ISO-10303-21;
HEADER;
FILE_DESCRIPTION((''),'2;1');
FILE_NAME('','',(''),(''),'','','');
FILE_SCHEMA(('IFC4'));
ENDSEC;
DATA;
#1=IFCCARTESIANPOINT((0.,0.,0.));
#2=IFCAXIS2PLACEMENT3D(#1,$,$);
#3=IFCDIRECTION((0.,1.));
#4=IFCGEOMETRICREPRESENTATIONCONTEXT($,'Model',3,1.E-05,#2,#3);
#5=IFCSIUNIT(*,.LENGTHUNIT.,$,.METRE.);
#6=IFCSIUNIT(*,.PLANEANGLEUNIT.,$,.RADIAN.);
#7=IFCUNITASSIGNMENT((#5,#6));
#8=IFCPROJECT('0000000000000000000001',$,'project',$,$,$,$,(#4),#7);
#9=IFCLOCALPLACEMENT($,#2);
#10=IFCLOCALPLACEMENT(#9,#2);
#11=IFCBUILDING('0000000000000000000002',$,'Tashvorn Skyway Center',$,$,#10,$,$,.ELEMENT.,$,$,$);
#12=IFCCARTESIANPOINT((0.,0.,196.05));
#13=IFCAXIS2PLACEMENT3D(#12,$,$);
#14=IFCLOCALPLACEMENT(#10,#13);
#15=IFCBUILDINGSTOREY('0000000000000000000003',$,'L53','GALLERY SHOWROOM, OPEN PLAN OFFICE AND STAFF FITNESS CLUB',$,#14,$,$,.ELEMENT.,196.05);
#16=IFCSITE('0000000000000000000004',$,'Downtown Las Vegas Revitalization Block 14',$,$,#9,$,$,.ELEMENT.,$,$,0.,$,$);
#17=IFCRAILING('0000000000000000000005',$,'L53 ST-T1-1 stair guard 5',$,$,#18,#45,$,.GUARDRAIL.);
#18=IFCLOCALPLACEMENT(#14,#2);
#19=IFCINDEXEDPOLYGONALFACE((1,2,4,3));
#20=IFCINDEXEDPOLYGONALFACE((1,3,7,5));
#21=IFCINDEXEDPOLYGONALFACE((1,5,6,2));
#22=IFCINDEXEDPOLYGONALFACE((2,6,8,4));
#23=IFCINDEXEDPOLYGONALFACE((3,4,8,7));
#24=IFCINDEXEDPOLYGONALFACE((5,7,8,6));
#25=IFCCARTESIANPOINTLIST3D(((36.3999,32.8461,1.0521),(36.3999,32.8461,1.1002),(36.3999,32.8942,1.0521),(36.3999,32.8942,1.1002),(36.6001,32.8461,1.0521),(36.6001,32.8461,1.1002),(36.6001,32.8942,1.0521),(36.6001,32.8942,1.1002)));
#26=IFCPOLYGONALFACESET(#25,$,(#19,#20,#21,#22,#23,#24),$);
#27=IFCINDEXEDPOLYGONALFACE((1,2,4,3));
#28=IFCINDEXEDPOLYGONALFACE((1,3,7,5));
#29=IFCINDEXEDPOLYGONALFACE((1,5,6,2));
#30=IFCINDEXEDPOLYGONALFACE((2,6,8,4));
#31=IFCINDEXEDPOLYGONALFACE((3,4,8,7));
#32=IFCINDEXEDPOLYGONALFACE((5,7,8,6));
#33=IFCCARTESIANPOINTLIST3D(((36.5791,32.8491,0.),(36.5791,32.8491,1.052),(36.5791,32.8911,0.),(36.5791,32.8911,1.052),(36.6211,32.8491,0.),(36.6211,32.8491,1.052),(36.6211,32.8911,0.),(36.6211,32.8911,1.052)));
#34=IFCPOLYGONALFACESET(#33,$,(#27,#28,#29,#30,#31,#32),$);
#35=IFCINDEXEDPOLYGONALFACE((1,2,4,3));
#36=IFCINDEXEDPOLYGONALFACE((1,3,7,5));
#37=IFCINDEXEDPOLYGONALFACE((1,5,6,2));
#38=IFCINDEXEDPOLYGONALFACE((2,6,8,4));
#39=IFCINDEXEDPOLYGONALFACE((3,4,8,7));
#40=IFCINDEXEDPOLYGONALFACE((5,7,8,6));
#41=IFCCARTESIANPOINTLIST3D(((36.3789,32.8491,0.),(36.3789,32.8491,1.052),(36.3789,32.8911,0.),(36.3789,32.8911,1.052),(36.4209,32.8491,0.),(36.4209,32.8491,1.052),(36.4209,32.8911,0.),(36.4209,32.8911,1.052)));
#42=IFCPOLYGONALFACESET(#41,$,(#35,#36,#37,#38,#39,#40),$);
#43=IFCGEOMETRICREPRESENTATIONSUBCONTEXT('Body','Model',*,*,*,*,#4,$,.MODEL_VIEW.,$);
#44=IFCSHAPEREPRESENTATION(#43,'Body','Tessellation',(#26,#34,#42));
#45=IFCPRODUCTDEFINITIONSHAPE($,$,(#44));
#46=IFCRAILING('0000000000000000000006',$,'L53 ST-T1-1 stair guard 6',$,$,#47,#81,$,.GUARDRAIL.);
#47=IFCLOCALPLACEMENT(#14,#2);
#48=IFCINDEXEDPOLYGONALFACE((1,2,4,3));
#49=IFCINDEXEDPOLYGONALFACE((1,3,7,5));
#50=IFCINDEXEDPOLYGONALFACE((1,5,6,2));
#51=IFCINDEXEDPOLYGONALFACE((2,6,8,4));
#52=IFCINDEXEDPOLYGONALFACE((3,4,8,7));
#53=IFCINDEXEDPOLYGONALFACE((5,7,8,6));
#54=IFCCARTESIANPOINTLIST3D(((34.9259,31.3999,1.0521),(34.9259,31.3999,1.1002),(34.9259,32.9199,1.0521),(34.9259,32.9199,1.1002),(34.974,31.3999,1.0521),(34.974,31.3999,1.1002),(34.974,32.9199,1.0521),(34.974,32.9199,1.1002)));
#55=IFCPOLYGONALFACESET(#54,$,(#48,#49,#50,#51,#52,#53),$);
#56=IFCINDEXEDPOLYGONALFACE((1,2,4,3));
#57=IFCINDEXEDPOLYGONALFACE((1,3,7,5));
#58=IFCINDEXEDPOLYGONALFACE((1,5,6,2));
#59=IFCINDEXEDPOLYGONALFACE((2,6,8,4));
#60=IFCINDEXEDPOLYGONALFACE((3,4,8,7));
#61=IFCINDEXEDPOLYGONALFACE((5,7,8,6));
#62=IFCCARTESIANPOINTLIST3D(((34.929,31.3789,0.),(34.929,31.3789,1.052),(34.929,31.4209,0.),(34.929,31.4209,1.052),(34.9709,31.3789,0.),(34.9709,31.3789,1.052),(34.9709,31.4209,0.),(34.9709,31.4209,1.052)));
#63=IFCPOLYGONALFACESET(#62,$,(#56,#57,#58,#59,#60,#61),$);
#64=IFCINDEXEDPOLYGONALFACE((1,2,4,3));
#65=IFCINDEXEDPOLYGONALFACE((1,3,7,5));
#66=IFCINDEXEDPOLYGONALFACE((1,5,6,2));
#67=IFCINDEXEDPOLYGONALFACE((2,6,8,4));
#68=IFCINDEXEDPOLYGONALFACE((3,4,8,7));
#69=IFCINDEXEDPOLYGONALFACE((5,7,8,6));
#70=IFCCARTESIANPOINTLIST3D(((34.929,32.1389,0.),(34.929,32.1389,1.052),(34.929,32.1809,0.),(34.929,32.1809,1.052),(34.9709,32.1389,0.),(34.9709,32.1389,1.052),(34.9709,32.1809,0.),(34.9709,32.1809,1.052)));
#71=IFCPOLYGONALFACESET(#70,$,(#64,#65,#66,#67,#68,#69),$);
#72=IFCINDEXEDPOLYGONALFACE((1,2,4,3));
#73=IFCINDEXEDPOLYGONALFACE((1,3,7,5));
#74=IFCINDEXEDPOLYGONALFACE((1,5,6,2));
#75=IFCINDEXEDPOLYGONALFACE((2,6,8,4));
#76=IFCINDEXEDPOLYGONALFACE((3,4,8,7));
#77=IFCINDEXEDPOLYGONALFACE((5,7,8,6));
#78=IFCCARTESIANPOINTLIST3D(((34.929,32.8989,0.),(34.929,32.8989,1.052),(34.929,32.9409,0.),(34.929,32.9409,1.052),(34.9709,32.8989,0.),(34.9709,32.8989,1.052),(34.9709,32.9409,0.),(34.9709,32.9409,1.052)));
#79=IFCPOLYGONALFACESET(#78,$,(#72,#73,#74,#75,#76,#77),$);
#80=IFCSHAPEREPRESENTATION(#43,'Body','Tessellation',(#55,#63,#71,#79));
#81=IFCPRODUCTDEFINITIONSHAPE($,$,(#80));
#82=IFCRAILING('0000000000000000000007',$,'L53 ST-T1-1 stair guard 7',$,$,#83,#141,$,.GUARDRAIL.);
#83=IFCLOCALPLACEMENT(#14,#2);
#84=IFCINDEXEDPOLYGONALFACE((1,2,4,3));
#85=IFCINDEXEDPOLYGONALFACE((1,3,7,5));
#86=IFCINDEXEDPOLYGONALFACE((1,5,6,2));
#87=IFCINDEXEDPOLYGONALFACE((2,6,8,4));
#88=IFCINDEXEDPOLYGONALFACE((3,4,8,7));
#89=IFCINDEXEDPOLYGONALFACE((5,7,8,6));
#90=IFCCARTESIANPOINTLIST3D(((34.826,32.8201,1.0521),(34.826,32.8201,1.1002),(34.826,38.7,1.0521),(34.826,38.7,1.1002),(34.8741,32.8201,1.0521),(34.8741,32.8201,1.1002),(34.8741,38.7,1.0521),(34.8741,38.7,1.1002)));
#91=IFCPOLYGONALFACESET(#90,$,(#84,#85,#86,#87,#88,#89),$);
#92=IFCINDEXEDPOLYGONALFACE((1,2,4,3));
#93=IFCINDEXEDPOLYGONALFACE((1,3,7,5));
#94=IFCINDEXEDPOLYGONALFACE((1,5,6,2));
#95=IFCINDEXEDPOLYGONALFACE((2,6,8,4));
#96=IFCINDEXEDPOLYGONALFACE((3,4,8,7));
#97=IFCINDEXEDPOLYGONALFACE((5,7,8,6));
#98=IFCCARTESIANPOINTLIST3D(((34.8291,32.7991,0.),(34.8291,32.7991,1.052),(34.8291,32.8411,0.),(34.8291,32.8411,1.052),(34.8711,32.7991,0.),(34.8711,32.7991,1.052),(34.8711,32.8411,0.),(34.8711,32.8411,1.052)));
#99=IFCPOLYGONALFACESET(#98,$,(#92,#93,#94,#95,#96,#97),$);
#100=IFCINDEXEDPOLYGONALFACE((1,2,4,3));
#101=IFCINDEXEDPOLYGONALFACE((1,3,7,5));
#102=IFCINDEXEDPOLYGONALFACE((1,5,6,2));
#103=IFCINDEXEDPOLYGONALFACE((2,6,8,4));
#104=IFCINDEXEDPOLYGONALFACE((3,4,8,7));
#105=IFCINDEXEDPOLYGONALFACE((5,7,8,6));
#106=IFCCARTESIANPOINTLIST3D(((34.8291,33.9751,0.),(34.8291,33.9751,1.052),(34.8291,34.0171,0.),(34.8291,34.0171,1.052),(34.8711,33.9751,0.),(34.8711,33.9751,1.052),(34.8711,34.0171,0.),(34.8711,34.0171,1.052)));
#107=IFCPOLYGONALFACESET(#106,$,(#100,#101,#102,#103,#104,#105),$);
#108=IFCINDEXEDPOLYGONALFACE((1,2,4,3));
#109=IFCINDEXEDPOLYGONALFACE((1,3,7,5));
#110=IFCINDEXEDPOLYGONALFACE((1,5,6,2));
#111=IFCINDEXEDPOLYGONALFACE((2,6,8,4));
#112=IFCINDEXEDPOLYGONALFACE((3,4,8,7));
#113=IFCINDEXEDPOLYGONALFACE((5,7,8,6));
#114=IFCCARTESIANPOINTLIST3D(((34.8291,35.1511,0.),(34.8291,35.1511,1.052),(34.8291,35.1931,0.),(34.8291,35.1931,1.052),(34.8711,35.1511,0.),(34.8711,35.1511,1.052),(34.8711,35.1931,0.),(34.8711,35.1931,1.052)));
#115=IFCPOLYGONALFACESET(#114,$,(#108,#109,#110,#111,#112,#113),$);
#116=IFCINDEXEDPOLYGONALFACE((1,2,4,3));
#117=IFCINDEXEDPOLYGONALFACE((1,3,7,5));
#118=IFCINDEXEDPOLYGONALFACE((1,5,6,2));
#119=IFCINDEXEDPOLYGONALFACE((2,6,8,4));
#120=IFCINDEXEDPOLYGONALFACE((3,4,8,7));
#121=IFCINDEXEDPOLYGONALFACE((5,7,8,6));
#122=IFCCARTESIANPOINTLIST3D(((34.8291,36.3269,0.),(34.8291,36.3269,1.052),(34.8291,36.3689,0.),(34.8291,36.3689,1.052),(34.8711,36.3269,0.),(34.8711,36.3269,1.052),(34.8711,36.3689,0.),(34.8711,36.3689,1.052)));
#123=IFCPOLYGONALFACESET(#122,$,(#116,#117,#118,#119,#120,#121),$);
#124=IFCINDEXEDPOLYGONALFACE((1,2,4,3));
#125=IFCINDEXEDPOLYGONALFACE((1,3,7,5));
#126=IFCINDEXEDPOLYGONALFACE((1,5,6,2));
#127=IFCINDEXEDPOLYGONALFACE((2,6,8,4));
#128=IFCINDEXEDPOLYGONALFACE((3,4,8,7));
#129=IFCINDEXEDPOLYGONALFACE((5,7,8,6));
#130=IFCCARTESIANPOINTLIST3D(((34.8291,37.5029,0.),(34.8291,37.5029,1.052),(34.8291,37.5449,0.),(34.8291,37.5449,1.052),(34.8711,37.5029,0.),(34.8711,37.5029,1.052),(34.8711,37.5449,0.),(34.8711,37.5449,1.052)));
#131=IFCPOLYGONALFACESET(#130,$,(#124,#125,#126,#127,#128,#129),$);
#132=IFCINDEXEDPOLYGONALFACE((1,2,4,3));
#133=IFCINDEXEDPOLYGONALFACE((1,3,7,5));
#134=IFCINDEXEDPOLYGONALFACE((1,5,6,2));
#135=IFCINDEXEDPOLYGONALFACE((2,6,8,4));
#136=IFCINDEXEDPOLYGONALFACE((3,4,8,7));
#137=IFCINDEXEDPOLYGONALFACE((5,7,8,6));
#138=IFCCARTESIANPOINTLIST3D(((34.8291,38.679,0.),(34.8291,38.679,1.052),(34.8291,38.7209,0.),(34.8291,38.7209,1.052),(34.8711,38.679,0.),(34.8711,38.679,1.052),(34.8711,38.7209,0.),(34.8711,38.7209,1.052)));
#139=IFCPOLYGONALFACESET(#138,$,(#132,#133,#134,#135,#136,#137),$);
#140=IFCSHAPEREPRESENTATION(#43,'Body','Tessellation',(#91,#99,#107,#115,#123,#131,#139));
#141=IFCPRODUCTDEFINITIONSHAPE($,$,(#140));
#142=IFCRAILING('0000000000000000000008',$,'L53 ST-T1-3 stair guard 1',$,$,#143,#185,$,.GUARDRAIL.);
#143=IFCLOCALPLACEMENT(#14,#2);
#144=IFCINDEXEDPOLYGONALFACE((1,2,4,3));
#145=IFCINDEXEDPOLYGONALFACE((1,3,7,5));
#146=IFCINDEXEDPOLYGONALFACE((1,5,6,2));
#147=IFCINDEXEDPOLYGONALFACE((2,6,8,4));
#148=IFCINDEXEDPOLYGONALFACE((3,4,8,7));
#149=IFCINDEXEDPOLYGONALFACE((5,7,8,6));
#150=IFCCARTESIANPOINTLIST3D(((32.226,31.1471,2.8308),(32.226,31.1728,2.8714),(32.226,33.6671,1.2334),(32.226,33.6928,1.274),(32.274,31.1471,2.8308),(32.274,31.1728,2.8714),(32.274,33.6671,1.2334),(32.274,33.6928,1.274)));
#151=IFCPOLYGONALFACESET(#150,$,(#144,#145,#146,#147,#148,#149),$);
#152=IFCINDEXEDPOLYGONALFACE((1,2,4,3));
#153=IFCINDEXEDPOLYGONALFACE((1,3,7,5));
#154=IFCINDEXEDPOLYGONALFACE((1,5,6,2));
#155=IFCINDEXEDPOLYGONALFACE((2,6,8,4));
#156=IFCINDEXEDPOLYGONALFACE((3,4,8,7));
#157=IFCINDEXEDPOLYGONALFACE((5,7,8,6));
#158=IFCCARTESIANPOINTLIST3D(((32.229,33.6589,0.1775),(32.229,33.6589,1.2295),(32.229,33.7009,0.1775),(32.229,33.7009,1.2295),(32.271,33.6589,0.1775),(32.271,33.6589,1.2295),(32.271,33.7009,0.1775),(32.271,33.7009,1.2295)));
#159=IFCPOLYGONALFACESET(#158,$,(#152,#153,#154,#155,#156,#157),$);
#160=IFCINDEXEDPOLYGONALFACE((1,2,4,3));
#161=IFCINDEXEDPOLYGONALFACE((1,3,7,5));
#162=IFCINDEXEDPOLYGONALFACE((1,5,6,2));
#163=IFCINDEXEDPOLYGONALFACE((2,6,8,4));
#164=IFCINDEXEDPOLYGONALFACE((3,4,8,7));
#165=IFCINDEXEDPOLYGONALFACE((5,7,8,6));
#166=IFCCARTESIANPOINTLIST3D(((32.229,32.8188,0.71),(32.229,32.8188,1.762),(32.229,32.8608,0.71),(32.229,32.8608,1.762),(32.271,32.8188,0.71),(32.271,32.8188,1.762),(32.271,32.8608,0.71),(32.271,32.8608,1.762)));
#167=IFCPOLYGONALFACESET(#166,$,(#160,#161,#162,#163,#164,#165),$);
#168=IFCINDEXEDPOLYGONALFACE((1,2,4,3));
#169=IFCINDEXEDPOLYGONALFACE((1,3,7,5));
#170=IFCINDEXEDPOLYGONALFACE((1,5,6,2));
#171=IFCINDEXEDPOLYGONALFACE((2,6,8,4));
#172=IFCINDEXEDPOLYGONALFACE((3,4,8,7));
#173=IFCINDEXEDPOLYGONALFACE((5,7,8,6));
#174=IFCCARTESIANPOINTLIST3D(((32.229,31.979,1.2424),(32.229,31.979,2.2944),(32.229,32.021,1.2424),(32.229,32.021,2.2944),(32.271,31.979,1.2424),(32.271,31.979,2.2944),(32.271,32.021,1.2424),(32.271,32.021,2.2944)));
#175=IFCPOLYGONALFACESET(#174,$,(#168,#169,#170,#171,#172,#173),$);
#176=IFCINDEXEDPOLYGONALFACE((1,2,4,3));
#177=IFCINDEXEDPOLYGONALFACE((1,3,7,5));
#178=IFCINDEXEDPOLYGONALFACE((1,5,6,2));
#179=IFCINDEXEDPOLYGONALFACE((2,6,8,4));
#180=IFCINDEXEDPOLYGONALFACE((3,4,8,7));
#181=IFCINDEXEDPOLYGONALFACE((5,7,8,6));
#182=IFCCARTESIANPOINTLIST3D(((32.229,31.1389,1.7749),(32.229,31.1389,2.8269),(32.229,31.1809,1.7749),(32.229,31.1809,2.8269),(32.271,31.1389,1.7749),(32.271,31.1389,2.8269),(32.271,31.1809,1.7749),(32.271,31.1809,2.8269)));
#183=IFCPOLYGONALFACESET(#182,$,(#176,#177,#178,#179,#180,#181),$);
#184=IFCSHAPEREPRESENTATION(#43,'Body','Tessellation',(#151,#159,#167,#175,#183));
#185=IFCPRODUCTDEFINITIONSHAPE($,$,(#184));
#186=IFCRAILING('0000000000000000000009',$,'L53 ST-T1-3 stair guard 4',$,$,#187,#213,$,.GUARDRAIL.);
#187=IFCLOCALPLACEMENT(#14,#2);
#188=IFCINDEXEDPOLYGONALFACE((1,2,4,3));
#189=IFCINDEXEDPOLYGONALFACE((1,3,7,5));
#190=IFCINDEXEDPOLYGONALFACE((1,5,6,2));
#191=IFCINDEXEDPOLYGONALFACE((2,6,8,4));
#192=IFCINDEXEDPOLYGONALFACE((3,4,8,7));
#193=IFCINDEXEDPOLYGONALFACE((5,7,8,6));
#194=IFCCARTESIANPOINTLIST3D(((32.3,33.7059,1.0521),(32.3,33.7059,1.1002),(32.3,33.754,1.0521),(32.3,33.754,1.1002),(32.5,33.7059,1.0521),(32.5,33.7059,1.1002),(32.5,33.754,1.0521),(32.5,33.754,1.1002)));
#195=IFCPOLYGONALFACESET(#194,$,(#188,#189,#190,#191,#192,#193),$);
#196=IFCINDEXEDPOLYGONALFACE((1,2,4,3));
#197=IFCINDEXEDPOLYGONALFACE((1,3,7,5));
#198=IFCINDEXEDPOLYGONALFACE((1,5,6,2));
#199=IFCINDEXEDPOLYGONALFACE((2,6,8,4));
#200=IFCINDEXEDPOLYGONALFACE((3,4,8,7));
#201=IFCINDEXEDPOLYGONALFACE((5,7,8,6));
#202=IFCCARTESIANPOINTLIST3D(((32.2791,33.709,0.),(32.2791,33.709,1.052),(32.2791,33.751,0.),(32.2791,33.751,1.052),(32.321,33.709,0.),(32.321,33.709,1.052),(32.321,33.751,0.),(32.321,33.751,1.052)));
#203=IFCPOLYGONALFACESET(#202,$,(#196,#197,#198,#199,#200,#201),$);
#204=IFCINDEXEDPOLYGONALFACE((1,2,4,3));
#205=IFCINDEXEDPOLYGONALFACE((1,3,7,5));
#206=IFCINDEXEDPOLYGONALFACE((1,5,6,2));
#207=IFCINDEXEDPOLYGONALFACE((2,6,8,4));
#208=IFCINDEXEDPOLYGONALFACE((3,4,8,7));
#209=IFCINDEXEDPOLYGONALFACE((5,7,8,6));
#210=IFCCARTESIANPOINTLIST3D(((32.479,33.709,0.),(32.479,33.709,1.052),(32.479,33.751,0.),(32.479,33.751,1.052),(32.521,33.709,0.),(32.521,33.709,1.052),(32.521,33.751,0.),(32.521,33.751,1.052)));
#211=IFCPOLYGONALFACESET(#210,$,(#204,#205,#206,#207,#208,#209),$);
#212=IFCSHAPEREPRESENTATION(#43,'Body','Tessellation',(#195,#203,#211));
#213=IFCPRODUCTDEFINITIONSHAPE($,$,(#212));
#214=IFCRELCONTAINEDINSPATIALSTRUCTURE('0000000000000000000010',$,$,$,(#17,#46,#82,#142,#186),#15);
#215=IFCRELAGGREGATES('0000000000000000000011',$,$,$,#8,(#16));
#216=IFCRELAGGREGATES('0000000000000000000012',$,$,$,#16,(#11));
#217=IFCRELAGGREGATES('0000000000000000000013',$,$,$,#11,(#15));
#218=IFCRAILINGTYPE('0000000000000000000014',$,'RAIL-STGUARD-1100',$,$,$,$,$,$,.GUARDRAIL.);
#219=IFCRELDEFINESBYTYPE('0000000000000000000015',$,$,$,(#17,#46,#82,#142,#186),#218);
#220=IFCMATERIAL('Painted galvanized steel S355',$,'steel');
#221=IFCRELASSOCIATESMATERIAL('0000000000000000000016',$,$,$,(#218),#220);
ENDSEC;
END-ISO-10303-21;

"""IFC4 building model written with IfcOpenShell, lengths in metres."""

from ifc_helpers import new_model, si_unit, direction, frame, origin, origin_2d, place, context, subcontext, project, spatial, rectangle, extrude, material, type_object, element, save


model = new_model("IFC4")

# Units and contexts
model_context = context("Model", 3, precision=1e-05, world=origin(), true_north=direction((0.0, 1.0)))
body_context = subcontext(model_context, "Body", "Model", "MODEL_VIEW")
ifc_project = project(units=[si_unit("LENGTHUNIT", "METRE"), si_unit("PLANEANGLEUNIT", "RADIAN")], contexts=[model_context])

# Site, building, storey
site_placement = place(None, origin())
site = spatial("IfcSite", under=ifc_project, at=site_placement, Name="Downtown Las Vegas Revitalization Block 14", CompositionType="ELEMENT", RefElevation=0.0)
building_placement = place(site_placement, origin())
building = spatial("IfcBuilding", under=site, at=building_placement, Name="Tashvorn Skyway Center", CompositionType="ELEMENT")
storey_placement = place(building_placement, frame((0.0, 0.0, 196.05)))
storey = spatial("IfcBuildingStorey", under=building, at=storey_placement, Name="L53", Description="GALLERY SHOWROOM, OPEN PLAN OFFICE AND STAFF FITNESS CLUB", CompositionType="ELEMENT", Elevation=196.05)

# Railings
ifc_material_1 = material(Name="Painted galvanized steel S355", Category="steel")
railing_type_1 = type_object("IfcRailingType", Name="RAIL-STGUARD-1100", PredefinedType="GUARDRAIL", material=ifc_material_1)
railing_1_placement = place(storey_placement, frame((36.6001, 32.8701, 0.0)))
element("IfcRailing", 1, at=railing_1_placement, inside=storey, type_object=railing_type_1, Name="L53 ST-T1-1 stair guard 5", PredefinedType="GUARDRAIL", context=body_context, shape_type="SweptSolid", body=[
    extrude(rectangle(XDim=0.0481, YDim=0.0481, at=origin_2d()), frame((0.0, 0.0, 1.0762), z_axis=(-1.0, 0.0, 0.0), x_axis=(0.0, -1.0, 0.0)), (0.0, 0.0, 1.0), 0.2002),
    extrude(rectangle(XDim=0.042, YDim=0.042, at=origin_2d()), origin(), (0.0, 0.0, 1.0), 1.052),
    extrude(rectangle(XDim=0.042, YDim=0.042, at=origin_2d()), frame((-0.2002, 0.0, 0.0)), (0.0, 0.0, 1.0), 1.052),
])
railing_2_placement = place(storey_placement, frame((34.95, 31.3999, 0.0)))
element("IfcRailing", 2, at=railing_2_placement, inside=storey, type_object=railing_type_1, Name="L53 ST-T1-1 stair guard 6", PredefinedType="GUARDRAIL", context=body_context, shape_type="SweptSolid", body=[
    extrude(rectangle(XDim=0.0481, YDim=0.0481, at=origin_2d()), frame((0.0, 0.0, 1.0762), z_axis=(0.0, 1.0, 0.0), x_axis=(-1.0, 0.0, 0.0)), (0.0, 0.0, 1.0), 1.52),
    extrude(rectangle(XDim=0.042, YDim=0.042, at=origin_2d()), origin(), (0.0, 0.0, 1.0), 1.052),
    extrude(rectangle(XDim=0.042, YDim=0.042, at=origin_2d()), frame((0.0, 0.76, 0.0)), (0.0, 0.0, 1.0), 1.052),
    extrude(rectangle(XDim=0.042, YDim=0.042, at=origin_2d()), frame((0.0, 1.52, 0.0)), (0.0, 0.0, 1.0), 1.052),
])
railing_3_placement = place(storey_placement, frame((34.8501, 32.8201, 0.0)))
element("IfcRailing", 3, at=railing_3_placement, inside=storey, type_object=railing_type_1, Name="L53 ST-T1-1 stair guard 7", PredefinedType="GUARDRAIL", context=body_context, shape_type="SweptSolid", body=[
    extrude(rectangle(XDim=0.0481, YDim=0.0481, at=origin_2d()), frame((0.0, 0.0, 1.0762), z_axis=(0.0, 1.0, 0.0), x_axis=(-1.0, 0.0, 0.0)), (0.0, 0.0, 1.0), 5.8799),
    extrude(rectangle(XDim=0.042, YDim=0.042, at=origin_2d()), origin(), (0.0, 0.0, 1.0), 1.052),
    extrude(rectangle(XDim=0.042, YDim=0.042, at=origin_2d()), frame((0.0, 1.176, 0.0)), (0.0, 0.0, 1.0), 1.052),
    extrude(rectangle(XDim=0.042, YDim=0.042, at=origin_2d()), frame((0.0, 2.3521, 0.0)), (0.0, 0.0, 1.0), 1.052),
    extrude(rectangle(XDim=0.042, YDim=0.042, at=origin_2d()), frame((0.0, 3.5278, 0.0)), (0.0, 0.0, 1.0), 1.052),
    extrude(rectangle(XDim=0.042, YDim=0.042, at=origin_2d()), frame((0.0, 4.7039, 0.0)), (0.0, 0.0, 1.0), 1.052),
    extrude(rectangle(XDim=0.042, YDim=0.042, at=origin_2d()), frame((0.0, 5.8799, 0.0)), (0.0, 0.0, 1.0), 1.052),
])
railing_4_placement = place(storey_placement, frame((32.25, 33.6799, 0.1775)))
element("IfcRailing", 4, at=railing_4_placement, inside=storey, type_object=railing_type_1, Name="L53 ST-T1-3 stair guard 1", PredefinedType="GUARDRAIL", context=body_context, shape_type="SweptSolid", body=[
    extrude(rectangle(XDim=0.0481, YDim=0.0481, at=origin_2d()), frame((0.0, 0.0, 1.0762), z_axis=(0.0, -0.844607, 0.535387), x_axis=(1.0, 0.0, 0.0)), (0.0, 0.0, 1.0), 2.9836),
    extrude(rectangle(XDim=0.042, YDim=0.042, at=origin_2d()), origin(), (0.0, 0.0, 1.0), 1.052),
    extrude(rectangle(XDim=0.042, YDim=0.042, at=origin_2d()), frame((0.0, -0.8401, 0.5325)), (0.0, 0.0, 1.0), 1.052),
    extrude(rectangle(XDim=0.042, YDim=0.042, at=origin_2d()), frame((0.0, -1.6799, 1.0649)), (0.0, 0.0, 1.0), 1.052),
    extrude(rectangle(XDim=0.042, YDim=0.042, at=origin_2d()), frame((0.0, -2.52, 1.5974)), (0.0, 0.0, 1.0), 1.052),
])
railing_5_placement = place(storey_placement, frame((32.3, 33.73, 0.0)))
element("IfcRailing", 5, at=railing_5_placement, inside=storey, type_object=railing_type_1, Name="L53 ST-T1-3 stair guard 4", PredefinedType="GUARDRAIL", context=body_context, shape_type="SweptSolid", body=[
    extrude(rectangle(XDim=0.0481, YDim=0.0481, at=origin_2d()), frame((0.0, 0.0, 1.0762), z_axis=(1.0, 0.0, 0.0), x_axis=(0.0, 1.0, 0.0)), (0.0, 0.0, 1.0), 0.2),
    extrude(rectangle(XDim=0.042, YDim=0.042, at=origin_2d()), origin(), (0.0, 0.0, 1.0), 1.052),
    extrude(rectangle(XDim=0.042, YDim=0.042, at=origin_2d()), frame((0.2, 0.0, 0.0)), (0.0, 0.0, 1.0), 1.052),
])

save(model, "model.ifc")
